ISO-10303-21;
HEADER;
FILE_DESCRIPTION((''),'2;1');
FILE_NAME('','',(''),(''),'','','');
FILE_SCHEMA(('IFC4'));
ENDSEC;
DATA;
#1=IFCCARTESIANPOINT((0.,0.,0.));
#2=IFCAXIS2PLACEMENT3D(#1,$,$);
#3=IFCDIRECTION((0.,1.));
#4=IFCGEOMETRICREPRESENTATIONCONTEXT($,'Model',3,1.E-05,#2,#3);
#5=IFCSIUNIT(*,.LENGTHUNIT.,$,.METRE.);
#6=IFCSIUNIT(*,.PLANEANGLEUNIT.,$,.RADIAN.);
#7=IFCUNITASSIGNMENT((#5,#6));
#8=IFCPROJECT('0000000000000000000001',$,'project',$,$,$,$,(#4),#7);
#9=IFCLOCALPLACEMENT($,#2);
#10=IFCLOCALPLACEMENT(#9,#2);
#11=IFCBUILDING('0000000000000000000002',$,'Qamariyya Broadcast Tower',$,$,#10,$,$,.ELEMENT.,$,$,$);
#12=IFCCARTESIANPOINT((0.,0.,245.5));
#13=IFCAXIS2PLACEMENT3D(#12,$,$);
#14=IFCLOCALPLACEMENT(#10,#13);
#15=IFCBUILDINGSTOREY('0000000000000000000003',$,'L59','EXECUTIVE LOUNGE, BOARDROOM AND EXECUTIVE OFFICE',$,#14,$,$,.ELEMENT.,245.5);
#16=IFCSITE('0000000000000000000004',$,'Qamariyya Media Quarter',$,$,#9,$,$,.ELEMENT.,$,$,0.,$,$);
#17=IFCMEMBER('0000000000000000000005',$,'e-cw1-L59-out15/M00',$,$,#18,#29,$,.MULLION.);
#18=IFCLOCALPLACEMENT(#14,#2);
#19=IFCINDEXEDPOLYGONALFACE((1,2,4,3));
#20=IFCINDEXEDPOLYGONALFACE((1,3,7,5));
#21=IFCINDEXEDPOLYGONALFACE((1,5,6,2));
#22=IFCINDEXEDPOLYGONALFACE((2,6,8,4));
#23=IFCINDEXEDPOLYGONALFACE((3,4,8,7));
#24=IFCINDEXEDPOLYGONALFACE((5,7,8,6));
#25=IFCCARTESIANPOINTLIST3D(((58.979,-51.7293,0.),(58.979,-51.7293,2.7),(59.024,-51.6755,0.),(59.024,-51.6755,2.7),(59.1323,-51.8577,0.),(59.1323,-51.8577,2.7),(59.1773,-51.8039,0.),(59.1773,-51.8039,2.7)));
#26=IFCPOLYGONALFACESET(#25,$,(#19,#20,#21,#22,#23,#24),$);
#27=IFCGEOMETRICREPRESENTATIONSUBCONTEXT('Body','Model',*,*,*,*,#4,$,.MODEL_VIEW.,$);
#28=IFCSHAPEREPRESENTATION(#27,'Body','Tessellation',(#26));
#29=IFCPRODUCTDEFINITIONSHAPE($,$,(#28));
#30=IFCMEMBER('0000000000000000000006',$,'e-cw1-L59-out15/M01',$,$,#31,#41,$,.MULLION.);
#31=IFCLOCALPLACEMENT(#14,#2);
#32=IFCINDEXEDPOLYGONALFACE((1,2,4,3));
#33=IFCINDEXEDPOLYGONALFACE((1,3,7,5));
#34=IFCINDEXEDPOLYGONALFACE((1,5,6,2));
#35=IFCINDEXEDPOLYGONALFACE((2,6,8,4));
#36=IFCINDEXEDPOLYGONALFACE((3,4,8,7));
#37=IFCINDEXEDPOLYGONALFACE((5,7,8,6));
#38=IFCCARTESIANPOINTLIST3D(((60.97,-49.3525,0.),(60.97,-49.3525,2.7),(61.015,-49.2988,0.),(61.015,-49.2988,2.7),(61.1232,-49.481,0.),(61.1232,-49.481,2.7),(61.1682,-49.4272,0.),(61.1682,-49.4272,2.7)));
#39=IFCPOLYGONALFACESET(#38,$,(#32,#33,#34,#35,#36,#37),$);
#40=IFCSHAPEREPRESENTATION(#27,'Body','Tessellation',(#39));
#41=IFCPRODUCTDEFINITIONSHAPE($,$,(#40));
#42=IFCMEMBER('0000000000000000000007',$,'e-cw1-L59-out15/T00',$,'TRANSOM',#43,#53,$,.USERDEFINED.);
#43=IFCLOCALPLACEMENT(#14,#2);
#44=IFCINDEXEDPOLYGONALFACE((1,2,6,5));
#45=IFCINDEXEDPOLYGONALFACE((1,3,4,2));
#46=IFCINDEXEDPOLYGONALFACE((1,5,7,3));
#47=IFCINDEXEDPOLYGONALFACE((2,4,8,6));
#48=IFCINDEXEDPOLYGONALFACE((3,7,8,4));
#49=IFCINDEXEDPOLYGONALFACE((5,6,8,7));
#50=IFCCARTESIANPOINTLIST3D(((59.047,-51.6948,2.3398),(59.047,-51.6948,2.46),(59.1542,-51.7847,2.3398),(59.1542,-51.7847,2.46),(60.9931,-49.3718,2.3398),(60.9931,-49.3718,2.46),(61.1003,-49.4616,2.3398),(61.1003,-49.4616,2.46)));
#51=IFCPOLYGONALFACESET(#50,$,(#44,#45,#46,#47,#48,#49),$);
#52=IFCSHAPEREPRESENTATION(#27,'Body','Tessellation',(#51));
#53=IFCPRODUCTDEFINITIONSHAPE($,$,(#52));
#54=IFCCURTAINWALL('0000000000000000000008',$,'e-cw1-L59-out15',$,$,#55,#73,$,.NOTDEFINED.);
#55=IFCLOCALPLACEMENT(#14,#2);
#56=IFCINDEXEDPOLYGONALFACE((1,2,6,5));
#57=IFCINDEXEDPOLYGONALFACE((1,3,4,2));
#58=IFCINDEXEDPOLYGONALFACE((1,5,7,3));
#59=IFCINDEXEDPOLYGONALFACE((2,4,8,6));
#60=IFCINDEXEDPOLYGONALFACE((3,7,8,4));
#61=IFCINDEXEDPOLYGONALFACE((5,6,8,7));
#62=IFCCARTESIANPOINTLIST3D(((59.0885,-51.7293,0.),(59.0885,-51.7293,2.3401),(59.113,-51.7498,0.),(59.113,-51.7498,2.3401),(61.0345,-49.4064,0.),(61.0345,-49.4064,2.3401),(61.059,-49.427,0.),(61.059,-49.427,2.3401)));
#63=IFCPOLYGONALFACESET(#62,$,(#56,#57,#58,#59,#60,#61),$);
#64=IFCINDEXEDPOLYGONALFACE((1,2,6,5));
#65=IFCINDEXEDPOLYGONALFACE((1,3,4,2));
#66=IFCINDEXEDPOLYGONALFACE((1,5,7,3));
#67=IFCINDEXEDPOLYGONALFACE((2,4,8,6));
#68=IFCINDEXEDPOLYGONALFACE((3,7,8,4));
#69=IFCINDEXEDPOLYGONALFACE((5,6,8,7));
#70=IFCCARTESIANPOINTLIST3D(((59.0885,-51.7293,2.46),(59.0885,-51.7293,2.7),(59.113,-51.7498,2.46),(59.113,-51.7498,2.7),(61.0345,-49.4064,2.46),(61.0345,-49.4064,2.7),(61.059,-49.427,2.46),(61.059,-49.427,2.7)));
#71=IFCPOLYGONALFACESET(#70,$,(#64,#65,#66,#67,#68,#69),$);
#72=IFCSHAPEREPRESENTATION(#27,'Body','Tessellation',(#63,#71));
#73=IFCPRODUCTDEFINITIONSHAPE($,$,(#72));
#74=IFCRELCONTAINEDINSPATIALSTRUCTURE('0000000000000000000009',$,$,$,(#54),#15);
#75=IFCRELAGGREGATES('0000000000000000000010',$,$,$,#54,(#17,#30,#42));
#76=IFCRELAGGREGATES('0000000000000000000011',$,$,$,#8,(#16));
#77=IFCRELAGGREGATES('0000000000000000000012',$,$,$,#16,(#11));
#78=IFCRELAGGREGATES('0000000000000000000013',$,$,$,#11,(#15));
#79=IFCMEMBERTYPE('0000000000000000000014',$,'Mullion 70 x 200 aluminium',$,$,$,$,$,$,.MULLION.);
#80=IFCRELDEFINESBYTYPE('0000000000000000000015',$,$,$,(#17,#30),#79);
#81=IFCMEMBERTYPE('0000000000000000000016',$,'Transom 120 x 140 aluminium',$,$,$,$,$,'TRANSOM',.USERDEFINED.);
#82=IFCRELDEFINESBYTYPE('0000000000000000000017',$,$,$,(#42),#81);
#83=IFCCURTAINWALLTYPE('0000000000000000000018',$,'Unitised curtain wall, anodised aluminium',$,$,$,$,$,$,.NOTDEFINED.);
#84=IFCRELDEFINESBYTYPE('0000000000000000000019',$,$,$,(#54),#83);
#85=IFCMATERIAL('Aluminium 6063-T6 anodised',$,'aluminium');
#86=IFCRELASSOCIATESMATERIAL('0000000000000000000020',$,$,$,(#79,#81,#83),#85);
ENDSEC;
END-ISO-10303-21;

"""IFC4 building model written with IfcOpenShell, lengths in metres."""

from ifc_helpers import new_model, si_unit, direction, frame, origin, origin_2d, place, context, subcontext, project, spatial, rectangle, extrude, material, material_profile, profile_set, type_object, element, aggregate, save


model = new_model("IFC4")

# Units and contexts
model_context = context("Model", 3, precision=1e-05, world=origin(), true_north=direction((0.0, 1.0)))
body_context = subcontext(model_context, "Body", "Model", "MODEL_VIEW")
ifc_project = project(units=[si_unit("LENGTHUNIT", "METRE"), si_unit("PLANEANGLEUNIT", "RADIAN")], contexts=[model_context])

# Members
ifc_material = material(Name="Aluminium 6063-T6 anodised", Category="aluminium")
ifc_material_profile_1 = material_profile(ifc_material, rectangle(XDim=0.2, YDim=0.0701, at=origin_2d()))
ifc_profile_set_1 = profile_set([ifc_material_profile_1], Name="Aluminium 6063-T6 anodised")
member_type_1 = type_object("IfcMemberType", Name="Mullion 70 x 200 aluminium", PredefinedType="MULLION", material=ifc_profile_set_1)
site_placement = place(None, origin())
building_placement = place(site_placement, origin())
storey_placement = place(building_placement, frame((0.0, 0.0, 245.5)))
member_1_placement = place(storey_placement, frame((59.0781, -51.7666, 0.0), z_axis=(0.0, 0.0, 1.0), x_axis=(-0.766551, 0.642184, 0.0)))
member_1 = element("IfcMember", 1, at=member_1_placement, type_object=member_type_1, Name="e-cw1-L59-out15/M00", PredefinedType="MULLION", context=body_context, shape_type="SweptSolid", body=[
    extrude(rectangle(XDim=0.2, YDim=0.0701, at=origin_2d()), origin(), (0.0, 0.0, 1.0), 2.7),
])
member_2_placement = place(storey_placement, frame((61.0691, -49.3899, 0.0), z_axis=(0.0, 0.0, 1.0), x_axis=(-0.766551, 0.642184, 0.0)))
member_2 = element("IfcMember", 2, at=member_2_placement, type_object=member_type_1, Name="e-cw1-L59-out15/M01", PredefinedType="MULLION", context=body_context, shape_type="SweptSolid", body=[
    extrude(rectangle(XDim=0.2, YDim=0.0701, at=origin_2d()), origin(), (0.0, 0.0, 1.0), 2.7),
])
ifc_material_profile_2 = material_profile(ifc_material, rectangle(XDim=0.1399, YDim=0.1201, at=origin_2d()))
ifc_profile_set_2 = profile_set([ifc_material_profile_2], Name="Aluminium 6063-T6 anodised")
member_type_2 = type_object("IfcMemberType", Name="Transom 120 x 140 aluminium", ElementType="TRANSOM", PredefinedType="USERDEFINED", material=ifc_profile_set_2)
member_3_placement = place(storey_placement, frame((59.1006, -51.7397, 2.3999), z_axis=(0.642171, 0.766561, 0.0), x_axis=(-0.766561, 0.642171, 0.0)))
member_3 = element("IfcMember", 3, at=member_3_placement, type_object=member_type_2, Name="e-cw1-L59-out15/T00", ObjectType="TRANSOM", PredefinedType="USERDEFINED", context=body_context, shape_type="SweptSolid", body=[
    extrude(rectangle(XDim=0.1399, YDim=0.1201, at=origin_2d()), origin(), (0.0, 0.0, 1.0), 3.0305),
])

# Site, building, storey
site = spatial("IfcSite", under=ifc_project, at=site_placement, Name="Qamariyya Media Quarter", CompositionType="ELEMENT", RefElevation=0.0)
building = spatial("IfcBuilding", under=site, at=building_placement, Name="Qamariyya Broadcast Tower", CompositionType="ELEMENT")
storey = spatial("IfcBuildingStorey", under=building, at=storey_placement, Name="L59", Description="EXECUTIVE LOUNGE, BOARDROOM AND EXECUTIVE OFFICE", CompositionType="ELEMENT", Elevation=245.5)

# Curtain wall
curtain_wall_type = type_object("IfcCurtainWallType", Name="Unitised curtain wall, anodised aluminium", PredefinedType="NOTDEFINED", material=ifc_material)
curtain_wall_1_placement = place(storey_placement, origin())
curtain_wall_1 = element("IfcCurtainWall", 4, at=curtain_wall_1_placement, inside=storey, type_object=curtain_wall_type, Name="e-cw1-L59-out15", PredefinedType="NOTDEFINED", context=body_context, shape_type="SweptSolid", body=[
    extrude(rectangle(XDim=3.0303, YDim=0.032, at=origin_2d()), frame((60.0737, -50.5781, 0.0), x_axis=(0.642182, 0.766552, 0.0)), (0.0, 0.0, 1.0), 2.3401),
    extrude(rectangle(XDim=3.0303, YDim=0.032, at=origin_2d()), frame((60.0737, -50.5781, 2.46), x_axis=(0.642182, 0.766552, 0.0)), (0.0, 0.0, 1.0), 0.24),
])
aggregate(curtain_wall_1, [member_1, member_2, member_3])

save(model, "model.ifc")
